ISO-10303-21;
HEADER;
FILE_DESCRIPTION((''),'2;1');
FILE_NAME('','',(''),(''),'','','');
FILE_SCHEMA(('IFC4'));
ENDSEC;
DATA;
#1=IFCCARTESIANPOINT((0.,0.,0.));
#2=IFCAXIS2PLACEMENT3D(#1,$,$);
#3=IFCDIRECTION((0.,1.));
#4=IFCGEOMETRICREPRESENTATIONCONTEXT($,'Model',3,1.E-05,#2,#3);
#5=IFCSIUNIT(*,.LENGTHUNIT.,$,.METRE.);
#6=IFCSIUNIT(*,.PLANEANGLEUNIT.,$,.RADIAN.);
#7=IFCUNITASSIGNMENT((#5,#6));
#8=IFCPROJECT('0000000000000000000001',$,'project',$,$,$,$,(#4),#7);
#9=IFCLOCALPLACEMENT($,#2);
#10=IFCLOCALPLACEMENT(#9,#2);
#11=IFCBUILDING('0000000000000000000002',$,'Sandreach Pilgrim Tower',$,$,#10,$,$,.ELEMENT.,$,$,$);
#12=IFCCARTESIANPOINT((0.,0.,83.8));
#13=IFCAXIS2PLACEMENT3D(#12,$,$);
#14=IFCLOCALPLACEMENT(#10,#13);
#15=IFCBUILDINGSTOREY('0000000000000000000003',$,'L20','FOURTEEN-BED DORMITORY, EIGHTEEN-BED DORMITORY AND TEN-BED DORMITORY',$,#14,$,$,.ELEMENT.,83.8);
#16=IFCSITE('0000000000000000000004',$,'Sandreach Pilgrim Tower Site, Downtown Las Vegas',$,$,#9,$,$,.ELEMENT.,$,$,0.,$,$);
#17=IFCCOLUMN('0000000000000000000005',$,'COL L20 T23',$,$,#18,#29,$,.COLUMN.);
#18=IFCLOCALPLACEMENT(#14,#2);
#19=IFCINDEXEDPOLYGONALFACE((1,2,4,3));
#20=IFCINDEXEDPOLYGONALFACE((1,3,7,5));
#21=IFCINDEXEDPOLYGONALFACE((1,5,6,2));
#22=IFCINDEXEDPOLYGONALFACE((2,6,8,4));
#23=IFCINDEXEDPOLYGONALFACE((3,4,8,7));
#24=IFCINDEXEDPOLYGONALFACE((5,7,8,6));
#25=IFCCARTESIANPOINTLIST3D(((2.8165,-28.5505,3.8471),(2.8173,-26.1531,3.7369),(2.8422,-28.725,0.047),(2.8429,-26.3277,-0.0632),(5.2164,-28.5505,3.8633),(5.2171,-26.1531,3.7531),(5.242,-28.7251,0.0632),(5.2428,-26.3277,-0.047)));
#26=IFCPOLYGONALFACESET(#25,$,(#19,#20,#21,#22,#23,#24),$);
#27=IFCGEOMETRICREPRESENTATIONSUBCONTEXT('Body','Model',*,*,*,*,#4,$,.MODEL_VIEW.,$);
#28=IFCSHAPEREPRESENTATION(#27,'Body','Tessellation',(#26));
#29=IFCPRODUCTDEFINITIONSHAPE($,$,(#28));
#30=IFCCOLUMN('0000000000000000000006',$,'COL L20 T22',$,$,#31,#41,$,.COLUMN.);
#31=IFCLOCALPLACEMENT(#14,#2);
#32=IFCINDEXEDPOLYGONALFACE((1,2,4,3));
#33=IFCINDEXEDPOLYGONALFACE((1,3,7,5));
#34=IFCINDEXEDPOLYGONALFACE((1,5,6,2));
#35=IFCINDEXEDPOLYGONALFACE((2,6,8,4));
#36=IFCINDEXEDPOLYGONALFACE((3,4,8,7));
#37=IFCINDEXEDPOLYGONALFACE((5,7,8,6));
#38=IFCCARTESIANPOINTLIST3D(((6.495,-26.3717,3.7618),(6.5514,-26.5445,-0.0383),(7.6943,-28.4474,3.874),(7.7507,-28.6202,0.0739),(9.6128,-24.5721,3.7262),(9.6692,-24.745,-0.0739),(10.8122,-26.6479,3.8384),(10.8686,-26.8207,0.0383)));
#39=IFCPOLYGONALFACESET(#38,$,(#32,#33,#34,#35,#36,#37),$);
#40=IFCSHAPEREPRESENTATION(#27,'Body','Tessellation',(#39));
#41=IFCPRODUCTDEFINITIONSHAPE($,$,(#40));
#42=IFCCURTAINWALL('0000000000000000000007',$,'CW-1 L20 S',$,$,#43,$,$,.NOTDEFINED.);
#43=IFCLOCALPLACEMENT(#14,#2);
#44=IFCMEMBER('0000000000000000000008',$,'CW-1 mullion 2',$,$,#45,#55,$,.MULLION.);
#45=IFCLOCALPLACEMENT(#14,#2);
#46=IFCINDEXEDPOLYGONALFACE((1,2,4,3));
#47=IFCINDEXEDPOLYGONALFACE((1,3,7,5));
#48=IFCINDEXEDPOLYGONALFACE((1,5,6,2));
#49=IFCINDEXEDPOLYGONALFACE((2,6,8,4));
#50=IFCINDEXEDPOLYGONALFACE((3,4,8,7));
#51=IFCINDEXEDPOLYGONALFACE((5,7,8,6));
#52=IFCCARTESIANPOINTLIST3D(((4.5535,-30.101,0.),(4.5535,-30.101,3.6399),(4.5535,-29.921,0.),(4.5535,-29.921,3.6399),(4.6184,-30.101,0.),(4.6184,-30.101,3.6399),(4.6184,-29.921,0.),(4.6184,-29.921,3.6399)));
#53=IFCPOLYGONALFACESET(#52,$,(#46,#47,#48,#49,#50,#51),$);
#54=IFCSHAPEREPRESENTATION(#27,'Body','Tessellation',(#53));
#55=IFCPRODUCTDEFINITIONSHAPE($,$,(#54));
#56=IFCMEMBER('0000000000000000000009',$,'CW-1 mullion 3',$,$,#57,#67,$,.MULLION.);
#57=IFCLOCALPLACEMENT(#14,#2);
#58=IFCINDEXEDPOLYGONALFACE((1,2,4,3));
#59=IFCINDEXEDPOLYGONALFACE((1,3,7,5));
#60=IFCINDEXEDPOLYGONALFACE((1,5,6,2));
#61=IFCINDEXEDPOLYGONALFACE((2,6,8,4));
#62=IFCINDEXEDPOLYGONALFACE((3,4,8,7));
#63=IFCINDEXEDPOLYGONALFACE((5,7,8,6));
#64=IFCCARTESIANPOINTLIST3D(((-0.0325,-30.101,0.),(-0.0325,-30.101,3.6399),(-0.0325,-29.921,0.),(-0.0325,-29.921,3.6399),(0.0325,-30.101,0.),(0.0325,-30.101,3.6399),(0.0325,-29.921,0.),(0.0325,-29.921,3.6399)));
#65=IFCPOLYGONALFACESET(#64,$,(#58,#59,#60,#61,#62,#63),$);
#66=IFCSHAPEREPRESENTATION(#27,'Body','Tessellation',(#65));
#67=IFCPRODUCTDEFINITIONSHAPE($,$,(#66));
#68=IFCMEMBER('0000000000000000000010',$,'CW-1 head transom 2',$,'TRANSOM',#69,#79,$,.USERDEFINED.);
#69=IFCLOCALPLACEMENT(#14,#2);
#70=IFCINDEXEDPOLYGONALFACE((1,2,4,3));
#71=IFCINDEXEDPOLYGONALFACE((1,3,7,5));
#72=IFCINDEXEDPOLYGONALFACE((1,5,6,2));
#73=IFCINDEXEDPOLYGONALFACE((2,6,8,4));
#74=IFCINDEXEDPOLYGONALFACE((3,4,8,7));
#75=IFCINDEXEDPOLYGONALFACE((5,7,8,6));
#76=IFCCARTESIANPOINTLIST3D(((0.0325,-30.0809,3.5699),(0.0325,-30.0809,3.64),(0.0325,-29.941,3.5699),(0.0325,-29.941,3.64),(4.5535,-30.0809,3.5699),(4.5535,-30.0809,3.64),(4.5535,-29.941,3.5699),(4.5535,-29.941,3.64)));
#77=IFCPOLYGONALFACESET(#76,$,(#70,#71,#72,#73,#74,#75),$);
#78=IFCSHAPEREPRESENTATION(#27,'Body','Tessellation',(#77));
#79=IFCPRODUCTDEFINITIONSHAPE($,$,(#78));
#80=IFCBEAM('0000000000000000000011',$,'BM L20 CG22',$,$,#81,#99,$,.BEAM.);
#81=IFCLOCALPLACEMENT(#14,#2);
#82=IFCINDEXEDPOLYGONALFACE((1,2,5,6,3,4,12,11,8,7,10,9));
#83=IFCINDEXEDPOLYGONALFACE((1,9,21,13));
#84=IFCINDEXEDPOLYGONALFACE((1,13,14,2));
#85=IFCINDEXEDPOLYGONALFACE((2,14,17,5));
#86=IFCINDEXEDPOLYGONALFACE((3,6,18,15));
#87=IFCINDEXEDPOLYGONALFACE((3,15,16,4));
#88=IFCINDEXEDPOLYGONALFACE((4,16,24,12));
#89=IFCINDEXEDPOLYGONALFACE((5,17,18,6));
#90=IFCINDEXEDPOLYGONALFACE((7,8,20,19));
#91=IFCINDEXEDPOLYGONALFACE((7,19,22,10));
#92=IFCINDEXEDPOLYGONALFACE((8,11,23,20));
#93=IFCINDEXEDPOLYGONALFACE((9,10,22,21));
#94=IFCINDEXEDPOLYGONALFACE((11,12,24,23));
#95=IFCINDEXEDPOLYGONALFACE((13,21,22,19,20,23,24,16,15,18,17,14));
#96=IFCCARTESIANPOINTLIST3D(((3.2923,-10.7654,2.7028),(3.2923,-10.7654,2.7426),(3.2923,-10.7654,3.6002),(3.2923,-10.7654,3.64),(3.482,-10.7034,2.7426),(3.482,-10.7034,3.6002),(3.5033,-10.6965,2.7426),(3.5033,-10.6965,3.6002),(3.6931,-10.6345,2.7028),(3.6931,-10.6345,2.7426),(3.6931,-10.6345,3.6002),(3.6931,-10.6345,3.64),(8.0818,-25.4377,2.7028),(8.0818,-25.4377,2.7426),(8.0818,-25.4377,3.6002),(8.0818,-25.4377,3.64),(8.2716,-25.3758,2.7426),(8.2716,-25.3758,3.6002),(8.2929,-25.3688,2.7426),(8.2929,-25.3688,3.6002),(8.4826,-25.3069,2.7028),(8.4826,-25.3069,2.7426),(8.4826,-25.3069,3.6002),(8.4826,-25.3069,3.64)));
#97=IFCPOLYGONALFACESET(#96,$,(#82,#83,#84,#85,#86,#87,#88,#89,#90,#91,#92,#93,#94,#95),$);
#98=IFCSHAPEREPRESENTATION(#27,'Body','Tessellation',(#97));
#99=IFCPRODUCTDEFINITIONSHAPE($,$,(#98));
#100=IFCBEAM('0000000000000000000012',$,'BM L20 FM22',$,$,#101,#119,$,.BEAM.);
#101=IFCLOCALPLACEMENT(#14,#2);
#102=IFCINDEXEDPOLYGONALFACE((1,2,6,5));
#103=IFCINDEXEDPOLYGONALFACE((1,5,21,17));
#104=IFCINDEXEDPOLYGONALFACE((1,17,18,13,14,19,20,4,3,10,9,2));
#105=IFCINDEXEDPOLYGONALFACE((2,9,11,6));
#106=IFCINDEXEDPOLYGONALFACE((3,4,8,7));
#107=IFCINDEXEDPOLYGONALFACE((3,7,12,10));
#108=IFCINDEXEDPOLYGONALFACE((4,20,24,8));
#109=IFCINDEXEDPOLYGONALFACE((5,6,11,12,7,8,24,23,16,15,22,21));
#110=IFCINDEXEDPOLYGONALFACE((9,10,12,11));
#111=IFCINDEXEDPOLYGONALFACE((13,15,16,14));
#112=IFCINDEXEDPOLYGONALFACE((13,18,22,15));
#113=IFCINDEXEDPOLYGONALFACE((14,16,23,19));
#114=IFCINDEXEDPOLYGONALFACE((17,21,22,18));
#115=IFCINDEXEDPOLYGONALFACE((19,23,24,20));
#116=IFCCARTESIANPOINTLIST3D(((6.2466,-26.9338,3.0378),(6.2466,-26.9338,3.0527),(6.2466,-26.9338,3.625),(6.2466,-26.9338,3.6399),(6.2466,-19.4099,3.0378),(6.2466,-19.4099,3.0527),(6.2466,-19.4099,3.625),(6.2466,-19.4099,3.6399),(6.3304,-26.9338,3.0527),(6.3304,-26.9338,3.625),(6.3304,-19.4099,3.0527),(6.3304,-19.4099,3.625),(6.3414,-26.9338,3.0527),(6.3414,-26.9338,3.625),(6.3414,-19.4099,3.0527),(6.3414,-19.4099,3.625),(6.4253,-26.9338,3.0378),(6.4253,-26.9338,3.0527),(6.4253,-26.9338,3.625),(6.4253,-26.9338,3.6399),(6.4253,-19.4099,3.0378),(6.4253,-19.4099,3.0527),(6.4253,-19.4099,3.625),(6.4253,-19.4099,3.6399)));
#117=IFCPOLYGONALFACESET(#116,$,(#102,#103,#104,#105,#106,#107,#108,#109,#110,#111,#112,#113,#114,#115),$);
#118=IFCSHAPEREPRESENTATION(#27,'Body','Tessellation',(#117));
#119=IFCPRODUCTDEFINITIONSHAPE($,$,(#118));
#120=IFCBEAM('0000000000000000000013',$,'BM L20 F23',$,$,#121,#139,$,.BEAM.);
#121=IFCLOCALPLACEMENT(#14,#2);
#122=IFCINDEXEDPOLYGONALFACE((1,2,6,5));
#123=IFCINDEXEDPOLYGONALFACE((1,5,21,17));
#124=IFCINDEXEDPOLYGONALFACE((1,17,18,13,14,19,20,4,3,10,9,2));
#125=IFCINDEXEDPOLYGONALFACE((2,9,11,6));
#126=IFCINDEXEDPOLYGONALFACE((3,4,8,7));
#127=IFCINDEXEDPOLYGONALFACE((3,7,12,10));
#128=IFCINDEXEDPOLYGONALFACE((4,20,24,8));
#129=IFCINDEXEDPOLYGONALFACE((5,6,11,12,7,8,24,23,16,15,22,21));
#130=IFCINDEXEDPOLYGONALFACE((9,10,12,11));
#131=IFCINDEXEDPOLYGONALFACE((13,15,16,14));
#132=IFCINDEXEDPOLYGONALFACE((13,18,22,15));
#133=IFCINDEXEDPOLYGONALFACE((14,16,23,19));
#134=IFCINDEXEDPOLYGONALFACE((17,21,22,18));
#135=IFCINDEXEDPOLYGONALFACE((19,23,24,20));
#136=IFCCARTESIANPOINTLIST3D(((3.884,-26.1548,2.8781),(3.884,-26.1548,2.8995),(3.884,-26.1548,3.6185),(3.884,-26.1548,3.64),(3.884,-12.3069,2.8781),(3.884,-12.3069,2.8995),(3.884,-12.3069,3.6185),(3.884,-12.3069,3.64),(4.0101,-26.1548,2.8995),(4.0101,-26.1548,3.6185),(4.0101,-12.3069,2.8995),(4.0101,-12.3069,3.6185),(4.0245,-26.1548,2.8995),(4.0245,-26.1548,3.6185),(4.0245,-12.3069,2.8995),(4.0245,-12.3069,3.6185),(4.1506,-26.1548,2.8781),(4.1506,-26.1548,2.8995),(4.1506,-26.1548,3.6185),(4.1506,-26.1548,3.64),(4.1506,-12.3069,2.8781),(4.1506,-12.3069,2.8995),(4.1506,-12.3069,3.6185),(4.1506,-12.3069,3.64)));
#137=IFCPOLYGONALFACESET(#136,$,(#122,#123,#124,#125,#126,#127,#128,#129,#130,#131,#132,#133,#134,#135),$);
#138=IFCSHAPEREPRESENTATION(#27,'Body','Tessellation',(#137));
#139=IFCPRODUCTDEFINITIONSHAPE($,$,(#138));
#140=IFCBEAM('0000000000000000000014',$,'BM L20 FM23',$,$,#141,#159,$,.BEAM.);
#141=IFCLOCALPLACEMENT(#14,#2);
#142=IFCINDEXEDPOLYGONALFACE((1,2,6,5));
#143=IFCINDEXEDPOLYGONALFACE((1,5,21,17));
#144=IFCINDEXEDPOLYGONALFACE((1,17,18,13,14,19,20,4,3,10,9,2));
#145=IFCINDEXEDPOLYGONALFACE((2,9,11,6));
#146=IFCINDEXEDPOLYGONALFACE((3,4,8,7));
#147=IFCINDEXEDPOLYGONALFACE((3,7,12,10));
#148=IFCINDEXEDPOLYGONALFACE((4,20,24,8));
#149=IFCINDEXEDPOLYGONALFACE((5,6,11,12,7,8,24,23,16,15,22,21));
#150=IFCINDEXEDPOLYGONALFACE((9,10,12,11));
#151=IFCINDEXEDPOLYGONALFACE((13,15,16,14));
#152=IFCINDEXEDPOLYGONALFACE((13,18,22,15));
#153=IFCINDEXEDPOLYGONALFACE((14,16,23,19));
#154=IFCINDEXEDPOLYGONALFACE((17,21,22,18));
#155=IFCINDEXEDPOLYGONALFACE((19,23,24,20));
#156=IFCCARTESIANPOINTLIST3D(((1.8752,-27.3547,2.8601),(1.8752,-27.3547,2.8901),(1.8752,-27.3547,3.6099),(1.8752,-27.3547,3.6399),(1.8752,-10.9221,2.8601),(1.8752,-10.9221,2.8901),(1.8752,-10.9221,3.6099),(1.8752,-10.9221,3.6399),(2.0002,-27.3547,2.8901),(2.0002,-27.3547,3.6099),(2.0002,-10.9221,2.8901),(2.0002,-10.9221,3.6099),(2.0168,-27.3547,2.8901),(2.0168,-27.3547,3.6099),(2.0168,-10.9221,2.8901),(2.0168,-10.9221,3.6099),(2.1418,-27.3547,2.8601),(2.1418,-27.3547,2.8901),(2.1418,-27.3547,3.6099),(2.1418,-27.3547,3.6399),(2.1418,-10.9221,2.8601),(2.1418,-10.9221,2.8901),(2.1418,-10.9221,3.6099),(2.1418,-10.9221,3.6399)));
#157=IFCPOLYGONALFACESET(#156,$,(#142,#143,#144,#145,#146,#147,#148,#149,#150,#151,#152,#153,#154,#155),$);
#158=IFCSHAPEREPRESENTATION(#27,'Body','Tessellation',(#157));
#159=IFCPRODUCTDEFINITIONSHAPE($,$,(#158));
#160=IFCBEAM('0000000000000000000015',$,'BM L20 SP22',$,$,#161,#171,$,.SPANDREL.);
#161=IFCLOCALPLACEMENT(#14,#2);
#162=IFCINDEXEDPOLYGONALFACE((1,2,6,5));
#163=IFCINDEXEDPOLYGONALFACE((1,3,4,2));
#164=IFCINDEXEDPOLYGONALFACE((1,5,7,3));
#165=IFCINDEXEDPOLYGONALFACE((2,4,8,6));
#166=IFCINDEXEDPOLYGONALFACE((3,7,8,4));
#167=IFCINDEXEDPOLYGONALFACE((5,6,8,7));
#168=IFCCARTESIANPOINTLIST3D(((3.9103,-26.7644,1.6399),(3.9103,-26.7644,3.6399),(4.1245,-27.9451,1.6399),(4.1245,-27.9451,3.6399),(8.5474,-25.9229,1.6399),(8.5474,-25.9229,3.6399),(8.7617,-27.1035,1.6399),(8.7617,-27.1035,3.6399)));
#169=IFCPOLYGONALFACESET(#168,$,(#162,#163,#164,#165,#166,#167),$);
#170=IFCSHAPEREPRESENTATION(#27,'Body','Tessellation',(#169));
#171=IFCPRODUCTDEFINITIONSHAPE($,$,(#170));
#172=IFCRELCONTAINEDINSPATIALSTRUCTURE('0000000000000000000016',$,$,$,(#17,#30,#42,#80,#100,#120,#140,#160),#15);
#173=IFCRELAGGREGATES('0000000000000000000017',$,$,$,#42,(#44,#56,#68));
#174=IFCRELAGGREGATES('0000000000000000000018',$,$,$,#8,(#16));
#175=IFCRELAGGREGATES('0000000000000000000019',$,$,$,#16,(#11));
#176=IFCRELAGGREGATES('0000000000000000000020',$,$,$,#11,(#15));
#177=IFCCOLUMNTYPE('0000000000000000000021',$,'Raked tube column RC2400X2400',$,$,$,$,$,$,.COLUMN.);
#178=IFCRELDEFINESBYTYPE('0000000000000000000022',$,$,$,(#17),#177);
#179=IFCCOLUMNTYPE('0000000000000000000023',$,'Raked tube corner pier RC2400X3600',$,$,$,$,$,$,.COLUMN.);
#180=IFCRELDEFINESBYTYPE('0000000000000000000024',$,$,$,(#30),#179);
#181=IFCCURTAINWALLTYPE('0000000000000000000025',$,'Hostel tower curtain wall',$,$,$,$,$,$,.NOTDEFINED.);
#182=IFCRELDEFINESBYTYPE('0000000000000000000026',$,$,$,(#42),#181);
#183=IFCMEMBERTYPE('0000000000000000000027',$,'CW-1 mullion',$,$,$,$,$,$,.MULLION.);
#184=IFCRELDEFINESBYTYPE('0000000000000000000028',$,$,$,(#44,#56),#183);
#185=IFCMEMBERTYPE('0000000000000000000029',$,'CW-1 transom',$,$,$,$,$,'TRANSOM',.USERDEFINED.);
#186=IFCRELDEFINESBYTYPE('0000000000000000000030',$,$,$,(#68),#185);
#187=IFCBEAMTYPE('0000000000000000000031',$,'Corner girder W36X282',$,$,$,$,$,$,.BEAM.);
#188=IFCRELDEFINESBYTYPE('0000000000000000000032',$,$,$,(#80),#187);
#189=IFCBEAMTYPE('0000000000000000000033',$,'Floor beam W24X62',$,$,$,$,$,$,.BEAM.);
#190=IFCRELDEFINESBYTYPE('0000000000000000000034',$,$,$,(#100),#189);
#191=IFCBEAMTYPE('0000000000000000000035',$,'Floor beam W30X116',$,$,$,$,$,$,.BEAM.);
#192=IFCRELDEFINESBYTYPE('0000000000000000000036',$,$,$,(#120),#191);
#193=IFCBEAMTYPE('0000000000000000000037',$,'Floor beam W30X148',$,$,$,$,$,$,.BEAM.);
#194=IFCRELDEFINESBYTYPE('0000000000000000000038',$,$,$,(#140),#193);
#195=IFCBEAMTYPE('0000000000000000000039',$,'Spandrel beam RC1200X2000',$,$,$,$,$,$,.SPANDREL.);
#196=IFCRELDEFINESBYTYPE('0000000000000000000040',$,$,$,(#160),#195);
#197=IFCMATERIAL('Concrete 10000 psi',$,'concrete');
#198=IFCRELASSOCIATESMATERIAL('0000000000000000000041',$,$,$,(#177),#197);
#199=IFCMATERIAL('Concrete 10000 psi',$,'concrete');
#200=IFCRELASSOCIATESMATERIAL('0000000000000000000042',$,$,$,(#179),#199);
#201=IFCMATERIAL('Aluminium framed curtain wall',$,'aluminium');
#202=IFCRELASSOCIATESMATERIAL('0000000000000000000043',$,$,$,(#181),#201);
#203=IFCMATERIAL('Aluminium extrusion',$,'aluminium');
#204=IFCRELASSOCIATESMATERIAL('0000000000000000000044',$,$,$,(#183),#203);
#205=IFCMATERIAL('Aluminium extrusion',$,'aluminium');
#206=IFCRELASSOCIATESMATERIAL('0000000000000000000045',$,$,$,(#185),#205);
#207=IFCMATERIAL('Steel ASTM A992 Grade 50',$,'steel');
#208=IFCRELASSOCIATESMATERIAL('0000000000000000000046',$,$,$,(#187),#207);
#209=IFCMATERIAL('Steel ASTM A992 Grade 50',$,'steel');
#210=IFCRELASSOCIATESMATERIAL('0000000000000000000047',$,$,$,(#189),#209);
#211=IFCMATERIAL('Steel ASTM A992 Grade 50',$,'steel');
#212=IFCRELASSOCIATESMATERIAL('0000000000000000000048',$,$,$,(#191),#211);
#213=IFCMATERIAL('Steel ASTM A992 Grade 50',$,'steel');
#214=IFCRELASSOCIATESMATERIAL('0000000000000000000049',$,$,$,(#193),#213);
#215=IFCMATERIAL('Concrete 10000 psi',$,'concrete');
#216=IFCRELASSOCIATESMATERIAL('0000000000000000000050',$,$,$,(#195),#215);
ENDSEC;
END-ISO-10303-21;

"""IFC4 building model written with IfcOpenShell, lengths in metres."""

from ifc_helpers import new_model, si_unit, direction, frame, origin, origin_2d, place, context, subcontext, project, spatial, rectangle, i_section, extrude, material, material_profile, profile_set, type_object, element, aggregate, save


model = new_model("IFC4")

# Units and contexts
model_context = context("Model", 3, precision=1e-05, world=origin(), true_north=direction((0.0, 1.0)))
body_context = subcontext(model_context, "Body", "Model", "MODEL_VIEW")
ifc_project = project(units=[si_unit("LENGTHUNIT", "METRE"), si_unit("PLANEANGLEUNIT", "RADIAN")], contexts=[model_context])

# Site, building, storey
site_placement = place(None, origin())
site = spatial("IfcSite", under=ifc_project, at=site_placement, Name="Sandreach Pilgrim Tower Site, Downtown Las Vegas", CompositionType="ELEMENT", RefElevation=0.0)
building_placement = place(site_placement, origin())
building = spatial("IfcBuilding", under=site, at=building_placement, Name="Sandreach Pilgrim Tower", CompositionType="ELEMENT")
storey_placement = place(building_placement, frame((0.0, 0.0, 83.8)))
storey = spatial("IfcBuildingStorey", under=building, at=storey_placement, Name="L20", Description="FOURTEEN-BED DORMITORY, EIGHTEEN-BED DORMITORY AND TEN-BED DORMITORY", CompositionType="ELEMENT", Elevation=83.8)

# Columns
ifc_material_1 = material(Name="Concrete 10000 psi", Category="concrete")
ifc_material_profile_1 = material_profile(ifc_material_1, rectangle(XDim=2.3999, YDim=2.3999, at=origin_2d()), Name="RC2400X2400")
ifc_profile_set_1 = profile_set([ifc_material_profile_1], Name="Concrete 10000 psi")
column_type_1 = type_object("IfcColumnType", Name="Raked tube column RC2400X2400", PredefinedType="COLUMN", material=ifc_profile_set_1)
column_1_placement = place(storey_placement, frame((4.0425, -27.5264, 0.0), z_axis=(-0.006739, 0.045887, 0.998924), x_axis=(-0.000315, -0.998947, 0.045886)))
element("IfcColumn", 1, at=column_1_placement, inside=storey, type_object=column_type_1, Name="COL L20 T23", PredefinedType="COLUMN", context=body_context, shape_type="SweptSolid", body=[
    extrude(rectangle(XDim=2.3999, YDim=2.3999, at=origin_2d()), origin(), (0.0, 0.0, 1.0), 3.8042),
])
ifc_material_2 = material(Name="Concrete 10000 psi", Category="concrete")
ifc_material_profile_2 = material_profile(ifc_material_2, rectangle(XDim=2.3999, YDim=3.6001, at=origin_2d()), Name="RC2400X3600")
ifc_profile_set_2 = profile_set([ifc_material_profile_2], Name="Concrete 10000 psi")
column_type_2 = type_object("IfcColumnType", Name="Raked tube corner pier RC2400X3600", PredefinedType="COLUMN", material=ifc_profile_set_2)
column_2_placement = place(storey_placement, frame((8.71, -26.6826, 0.0), z_axis=(-0.014824, 0.045435, 0.998857), x_axis=(0.499732, -0.864917, 0.046759)))
element("IfcColumn", 2, at=column_2_placement, inside=storey, type_object=column_type_2, Name="COL L20 T22", PredefinedType="COLUMN", context=body_context, shape_type="SweptSolid", body=[
    extrude(rectangle(XDim=2.3999, YDim=3.6001, at=origin_2d()), origin(), (0.0, 0.0, 1.0), 3.8044),
])

# Curtain wall, members
ifc_material_3 = material(Name="Aluminium framed curtain wall", Category="aluminium")
curtain_wall_type = type_object("IfcCurtainWallType", Name="Hostel tower curtain wall", PredefinedType="NOTDEFINED", material=ifc_material_3)
curtain_wall_placement = place(storey_placement, origin())
curtain_wall = element("IfcCurtainWall", 3, at=curtain_wall_placement, inside=storey, type_object=curtain_wall_type, Name="CW-1 L20 S", PredefinedType="NOTDEFINED")
ifc_material_4 = material(Name="Aluminium extrusion", Category="aluminium")
ifc_material_profile_3 = material_profile(ifc_material_4, rectangle(XDim=0.0649, YDim=0.1799, at=origin_2d()), Name="CW-1M 65X180")
ifc_profile_set_3 = profile_set([ifc_material_profile_3], Name="Aluminium extrusion")
member_type_1 = type_object("IfcMemberType", Name="CW-1 mullion", PredefinedType="MULLION", material=ifc_profile_set_3)
member_1_placement = place(storey_placement, frame((4.5859, -30.011, 0.0), z_axis=(0.0, 0.0, 1.0), x_axis=(-1.0, 0.0, 0.0)))
member_1 = element("IfcMember", 4, at=member_1_placement, type_object=member_type_1, Name="CW-1 mullion 2", PredefinedType="MULLION", context=body_context, shape_type="SweptSolid", body=[
    extrude(rectangle(XDim=0.0649, YDim=0.1799, at=origin_2d()), origin(), (0.0, 0.0, 1.0), 3.6399),
])
member_2_placement = place(storey_placement, frame((0.0, -30.011, 0.0), z_axis=(0.0, 0.0, 1.0), x_axis=(-1.0, 0.0, 0.0)))
member_2 = element("IfcMember", 5, at=member_2_placement, type_object=member_type_1, Name="CW-1 mullion 3", PredefinedType="MULLION", context=body_context, shape_type="SweptSolid", body=[
    extrude(rectangle(XDim=0.0649, YDim=0.1799, at=origin_2d()), origin(), (0.0, 0.0, 1.0), 3.6399),
])
ifc_material_5 = material(Name="Aluminium extrusion", Category="aluminium")
ifc_material_profile_4 = material_profile(ifc_material_5, rectangle(XDim=0.1399, YDim=0.0701, at=origin_2d()), Name="CW-1T 140X70")
ifc_profile_set_4 = profile_set([ifc_material_profile_4], Name="Aluminium extrusion")
member_type_2 = type_object("IfcMemberType", Name="CW-1 transom", ElementType="TRANSOM", PredefinedType="USERDEFINED", material=ifc_profile_set_4)
member_3_placement = place(storey_placement, frame((4.5535, -30.011, 3.605), z_axis=(-1.0, 0.0, 0.0), x_axis=(0.0, -1.0, 0.0)))
member_3 = element("IfcMember", 6, at=member_3_placement, type_object=member_type_2, Name="CW-1 head transom 2", ObjectType="TRANSOM", PredefinedType="USERDEFINED", context=body_context, shape_type="SweptSolid", body=[
    extrude(rectangle(XDim=0.1399, YDim=0.0701, at=origin_2d()), origin(), (0.0, 0.0, 1.0), 4.521),
])

# Beams
ifc_material_6 = material(Name="Steel ASTM A992 Grade 50", Category="steel")
ifc_material_profile_5 = material_profile(ifc_material_6, i_section(OverallWidth=0.4216, OverallDepth=0.9373, WebThickness=0.0225, FlangeThickness=0.0398, at=origin_2d()), Name="W36X282")
ifc_profile_set_5 = profile_set([ifc_material_profile_5], Name="Steel ASTM A992 Grade 50")
beam_type_1 = type_object("IfcBeamType", Name="Corner girder W36X282", PredefinedType="BEAM", material=ifc_profile_set_5)
beam_1_placement = place(storey_placement, frame((8.2822, -25.3723, 3.1714), z_axis=(-0.310318, 0.950633, 0.0), x_axis=(-0.950633, -0.310318, 0.0)))
element("IfcBeam", 7, at=beam_1_placement, inside=storey, type_object=beam_type_1, Name="BM L20 CG22", PredefinedType="BEAM", context=body_context, shape_type="SweptSolid", body=[
    extrude(i_section(OverallWidth=0.4216, OverallDepth=0.9373, WebThickness=0.0225, FlangeThickness=0.0398, at=origin_2d()), origin(), (0.0, 0.0, 1.0), 15.4343),
])
ifc_material_7 = material(Name="Steel ASTM A992 Grade 50", Category="steel")
ifc_material_profile_6 = material_profile(ifc_material_7, i_section(OverallWidth=0.1787, OverallDepth=0.6021, WebThickness=0.011, FlangeThickness=0.0149, at=origin_2d()), Name="W24X62")
ifc_profile_set_6 = profile_set([ifc_material_profile_6], Name="Steel ASTM A992 Grade 50")
beam_type_2 = type_object("IfcBeamType", Name="Floor beam W24X62", PredefinedType="BEAM", material=ifc_profile_set_6)
beam_2_placement = place(storey_placement, frame((6.3359, -26.9338, 3.3389), z_axis=(0.0, 1.0, 0.0), x_axis=(-1.0, 0.0, 0.0)))
element("IfcBeam", 8, at=beam_2_placement, inside=storey, type_object=beam_type_2, Name="BM L20 FM22", PredefinedType="BEAM", context=body_context, shape_type="SweptSolid", body=[
    extrude(i_section(OverallWidth=0.1787, OverallDepth=0.6021, WebThickness=0.011, FlangeThickness=0.0149, at=origin_2d()), origin(), (0.0, 0.0, 1.0), 7.5239),
])
ifc_material_8 = material(Name="Steel ASTM A992 Grade 50", Category="steel")
ifc_material_profile_7 = material_profile(ifc_material_8, i_section(OverallWidth=0.2666, OverallDepth=0.762, WebThickness=0.0144, FlangeThickness=0.0215, at=origin_2d()), Name="W30X116")
ifc_profile_set_7 = profile_set([ifc_material_profile_7], Name="Steel ASTM A992 Grade 50")
beam_type_3 = type_object("IfcBeamType", Name="Floor beam W30X116", PredefinedType="BEAM", material=ifc_profile_set_7)
beam_3_placement = place(storey_placement, frame((4.0173, -26.1548, 3.259), z_axis=(0.0, 1.0, 0.0), x_axis=(-1.0, 0.0, 0.0)))
element("IfcBeam", 9, at=beam_3_placement, inside=storey, type_object=beam_type_3, Name="BM L20 F23", PredefinedType="BEAM", context=body_context, shape_type="SweptSolid", body=[
    extrude(i_section(OverallWidth=0.2666, OverallDepth=0.762, WebThickness=0.0144, FlangeThickness=0.0215, at=origin_2d()), origin(), (0.0, 0.0, 1.0), 13.8479),
])
ifc_material_9 = material(Name="Steel ASTM A992 Grade 50", Category="steel")
ifc_material_profile_8 = material_profile(ifc_material_9, i_section(OverallWidth=0.2666, OverallDepth=0.7798, WebThickness=0.0166, FlangeThickness=0.03, at=origin_2d()), Name="W30X148")
ifc_profile_set_8 = profile_set([ifc_material_profile_8], Name="Steel ASTM A992 Grade 50")
beam_type_4 = type_object("IfcBeamType", Name="Floor beam W30X148", PredefinedType="BEAM", material=ifc_profile_set_8)
beam_4_placement = place(storey_placement, frame((2.0085, -27.3547, 3.25), z_axis=(0.0, 1.0, 0.0), x_axis=(-1.0, 0.0, 0.0)))
element("IfcBeam", 10, at=beam_4_placement, inside=storey, type_object=beam_type_4, Name="BM L20 FM23", PredefinedType="BEAM", context=body_context, shape_type="SweptSolid", body=[
    extrude(i_section(OverallWidth=0.2666, OverallDepth=0.7798, WebThickness=0.0166, FlangeThickness=0.03, at=origin_2d()), origin(), (0.0, 0.0, 1.0), 16.4326),
])
ifc_material_10 = material(Name="Concrete 10000 psi", Category="concrete")
ifc_material_profile_9 = material_profile(ifc_material_10, rectangle(XDim=1.2, YDim=2.0, at=origin_2d()), Name="RC1200X2000")
ifc_profile_set_9 = profile_set([ifc_material_profile_9], Name="Concrete 10000 psi")
beam_type_5 = type_object("IfcBeamType", Name="Spandrel beam RC1200X2000", PredefinedType="SPANDREL", material=ifc_profile_set_9)
beam_5_placement = place(storey_placement, frame((8.6545, -26.5132, 2.6399), z_axis=(-0.983929, -0.178562, 0.0), x_axis=(0.178562, -0.983929, 0.0)))
element("IfcBeam", 11, at=beam_5_placement, inside=storey, type_object=beam_type_5, Name="BM L20 SP22", PredefinedType="SPANDREL", context=body_context, shape_type="SweptSolid", body=[
    extrude(rectangle(XDim=1.2, YDim=2.0, at=origin_2d()), origin(), (0.0, 0.0, 1.0), 4.7129),
])

aggregate(curtain_wall, [member_1, member_2, member_3])

save(model, "model.ifc")
